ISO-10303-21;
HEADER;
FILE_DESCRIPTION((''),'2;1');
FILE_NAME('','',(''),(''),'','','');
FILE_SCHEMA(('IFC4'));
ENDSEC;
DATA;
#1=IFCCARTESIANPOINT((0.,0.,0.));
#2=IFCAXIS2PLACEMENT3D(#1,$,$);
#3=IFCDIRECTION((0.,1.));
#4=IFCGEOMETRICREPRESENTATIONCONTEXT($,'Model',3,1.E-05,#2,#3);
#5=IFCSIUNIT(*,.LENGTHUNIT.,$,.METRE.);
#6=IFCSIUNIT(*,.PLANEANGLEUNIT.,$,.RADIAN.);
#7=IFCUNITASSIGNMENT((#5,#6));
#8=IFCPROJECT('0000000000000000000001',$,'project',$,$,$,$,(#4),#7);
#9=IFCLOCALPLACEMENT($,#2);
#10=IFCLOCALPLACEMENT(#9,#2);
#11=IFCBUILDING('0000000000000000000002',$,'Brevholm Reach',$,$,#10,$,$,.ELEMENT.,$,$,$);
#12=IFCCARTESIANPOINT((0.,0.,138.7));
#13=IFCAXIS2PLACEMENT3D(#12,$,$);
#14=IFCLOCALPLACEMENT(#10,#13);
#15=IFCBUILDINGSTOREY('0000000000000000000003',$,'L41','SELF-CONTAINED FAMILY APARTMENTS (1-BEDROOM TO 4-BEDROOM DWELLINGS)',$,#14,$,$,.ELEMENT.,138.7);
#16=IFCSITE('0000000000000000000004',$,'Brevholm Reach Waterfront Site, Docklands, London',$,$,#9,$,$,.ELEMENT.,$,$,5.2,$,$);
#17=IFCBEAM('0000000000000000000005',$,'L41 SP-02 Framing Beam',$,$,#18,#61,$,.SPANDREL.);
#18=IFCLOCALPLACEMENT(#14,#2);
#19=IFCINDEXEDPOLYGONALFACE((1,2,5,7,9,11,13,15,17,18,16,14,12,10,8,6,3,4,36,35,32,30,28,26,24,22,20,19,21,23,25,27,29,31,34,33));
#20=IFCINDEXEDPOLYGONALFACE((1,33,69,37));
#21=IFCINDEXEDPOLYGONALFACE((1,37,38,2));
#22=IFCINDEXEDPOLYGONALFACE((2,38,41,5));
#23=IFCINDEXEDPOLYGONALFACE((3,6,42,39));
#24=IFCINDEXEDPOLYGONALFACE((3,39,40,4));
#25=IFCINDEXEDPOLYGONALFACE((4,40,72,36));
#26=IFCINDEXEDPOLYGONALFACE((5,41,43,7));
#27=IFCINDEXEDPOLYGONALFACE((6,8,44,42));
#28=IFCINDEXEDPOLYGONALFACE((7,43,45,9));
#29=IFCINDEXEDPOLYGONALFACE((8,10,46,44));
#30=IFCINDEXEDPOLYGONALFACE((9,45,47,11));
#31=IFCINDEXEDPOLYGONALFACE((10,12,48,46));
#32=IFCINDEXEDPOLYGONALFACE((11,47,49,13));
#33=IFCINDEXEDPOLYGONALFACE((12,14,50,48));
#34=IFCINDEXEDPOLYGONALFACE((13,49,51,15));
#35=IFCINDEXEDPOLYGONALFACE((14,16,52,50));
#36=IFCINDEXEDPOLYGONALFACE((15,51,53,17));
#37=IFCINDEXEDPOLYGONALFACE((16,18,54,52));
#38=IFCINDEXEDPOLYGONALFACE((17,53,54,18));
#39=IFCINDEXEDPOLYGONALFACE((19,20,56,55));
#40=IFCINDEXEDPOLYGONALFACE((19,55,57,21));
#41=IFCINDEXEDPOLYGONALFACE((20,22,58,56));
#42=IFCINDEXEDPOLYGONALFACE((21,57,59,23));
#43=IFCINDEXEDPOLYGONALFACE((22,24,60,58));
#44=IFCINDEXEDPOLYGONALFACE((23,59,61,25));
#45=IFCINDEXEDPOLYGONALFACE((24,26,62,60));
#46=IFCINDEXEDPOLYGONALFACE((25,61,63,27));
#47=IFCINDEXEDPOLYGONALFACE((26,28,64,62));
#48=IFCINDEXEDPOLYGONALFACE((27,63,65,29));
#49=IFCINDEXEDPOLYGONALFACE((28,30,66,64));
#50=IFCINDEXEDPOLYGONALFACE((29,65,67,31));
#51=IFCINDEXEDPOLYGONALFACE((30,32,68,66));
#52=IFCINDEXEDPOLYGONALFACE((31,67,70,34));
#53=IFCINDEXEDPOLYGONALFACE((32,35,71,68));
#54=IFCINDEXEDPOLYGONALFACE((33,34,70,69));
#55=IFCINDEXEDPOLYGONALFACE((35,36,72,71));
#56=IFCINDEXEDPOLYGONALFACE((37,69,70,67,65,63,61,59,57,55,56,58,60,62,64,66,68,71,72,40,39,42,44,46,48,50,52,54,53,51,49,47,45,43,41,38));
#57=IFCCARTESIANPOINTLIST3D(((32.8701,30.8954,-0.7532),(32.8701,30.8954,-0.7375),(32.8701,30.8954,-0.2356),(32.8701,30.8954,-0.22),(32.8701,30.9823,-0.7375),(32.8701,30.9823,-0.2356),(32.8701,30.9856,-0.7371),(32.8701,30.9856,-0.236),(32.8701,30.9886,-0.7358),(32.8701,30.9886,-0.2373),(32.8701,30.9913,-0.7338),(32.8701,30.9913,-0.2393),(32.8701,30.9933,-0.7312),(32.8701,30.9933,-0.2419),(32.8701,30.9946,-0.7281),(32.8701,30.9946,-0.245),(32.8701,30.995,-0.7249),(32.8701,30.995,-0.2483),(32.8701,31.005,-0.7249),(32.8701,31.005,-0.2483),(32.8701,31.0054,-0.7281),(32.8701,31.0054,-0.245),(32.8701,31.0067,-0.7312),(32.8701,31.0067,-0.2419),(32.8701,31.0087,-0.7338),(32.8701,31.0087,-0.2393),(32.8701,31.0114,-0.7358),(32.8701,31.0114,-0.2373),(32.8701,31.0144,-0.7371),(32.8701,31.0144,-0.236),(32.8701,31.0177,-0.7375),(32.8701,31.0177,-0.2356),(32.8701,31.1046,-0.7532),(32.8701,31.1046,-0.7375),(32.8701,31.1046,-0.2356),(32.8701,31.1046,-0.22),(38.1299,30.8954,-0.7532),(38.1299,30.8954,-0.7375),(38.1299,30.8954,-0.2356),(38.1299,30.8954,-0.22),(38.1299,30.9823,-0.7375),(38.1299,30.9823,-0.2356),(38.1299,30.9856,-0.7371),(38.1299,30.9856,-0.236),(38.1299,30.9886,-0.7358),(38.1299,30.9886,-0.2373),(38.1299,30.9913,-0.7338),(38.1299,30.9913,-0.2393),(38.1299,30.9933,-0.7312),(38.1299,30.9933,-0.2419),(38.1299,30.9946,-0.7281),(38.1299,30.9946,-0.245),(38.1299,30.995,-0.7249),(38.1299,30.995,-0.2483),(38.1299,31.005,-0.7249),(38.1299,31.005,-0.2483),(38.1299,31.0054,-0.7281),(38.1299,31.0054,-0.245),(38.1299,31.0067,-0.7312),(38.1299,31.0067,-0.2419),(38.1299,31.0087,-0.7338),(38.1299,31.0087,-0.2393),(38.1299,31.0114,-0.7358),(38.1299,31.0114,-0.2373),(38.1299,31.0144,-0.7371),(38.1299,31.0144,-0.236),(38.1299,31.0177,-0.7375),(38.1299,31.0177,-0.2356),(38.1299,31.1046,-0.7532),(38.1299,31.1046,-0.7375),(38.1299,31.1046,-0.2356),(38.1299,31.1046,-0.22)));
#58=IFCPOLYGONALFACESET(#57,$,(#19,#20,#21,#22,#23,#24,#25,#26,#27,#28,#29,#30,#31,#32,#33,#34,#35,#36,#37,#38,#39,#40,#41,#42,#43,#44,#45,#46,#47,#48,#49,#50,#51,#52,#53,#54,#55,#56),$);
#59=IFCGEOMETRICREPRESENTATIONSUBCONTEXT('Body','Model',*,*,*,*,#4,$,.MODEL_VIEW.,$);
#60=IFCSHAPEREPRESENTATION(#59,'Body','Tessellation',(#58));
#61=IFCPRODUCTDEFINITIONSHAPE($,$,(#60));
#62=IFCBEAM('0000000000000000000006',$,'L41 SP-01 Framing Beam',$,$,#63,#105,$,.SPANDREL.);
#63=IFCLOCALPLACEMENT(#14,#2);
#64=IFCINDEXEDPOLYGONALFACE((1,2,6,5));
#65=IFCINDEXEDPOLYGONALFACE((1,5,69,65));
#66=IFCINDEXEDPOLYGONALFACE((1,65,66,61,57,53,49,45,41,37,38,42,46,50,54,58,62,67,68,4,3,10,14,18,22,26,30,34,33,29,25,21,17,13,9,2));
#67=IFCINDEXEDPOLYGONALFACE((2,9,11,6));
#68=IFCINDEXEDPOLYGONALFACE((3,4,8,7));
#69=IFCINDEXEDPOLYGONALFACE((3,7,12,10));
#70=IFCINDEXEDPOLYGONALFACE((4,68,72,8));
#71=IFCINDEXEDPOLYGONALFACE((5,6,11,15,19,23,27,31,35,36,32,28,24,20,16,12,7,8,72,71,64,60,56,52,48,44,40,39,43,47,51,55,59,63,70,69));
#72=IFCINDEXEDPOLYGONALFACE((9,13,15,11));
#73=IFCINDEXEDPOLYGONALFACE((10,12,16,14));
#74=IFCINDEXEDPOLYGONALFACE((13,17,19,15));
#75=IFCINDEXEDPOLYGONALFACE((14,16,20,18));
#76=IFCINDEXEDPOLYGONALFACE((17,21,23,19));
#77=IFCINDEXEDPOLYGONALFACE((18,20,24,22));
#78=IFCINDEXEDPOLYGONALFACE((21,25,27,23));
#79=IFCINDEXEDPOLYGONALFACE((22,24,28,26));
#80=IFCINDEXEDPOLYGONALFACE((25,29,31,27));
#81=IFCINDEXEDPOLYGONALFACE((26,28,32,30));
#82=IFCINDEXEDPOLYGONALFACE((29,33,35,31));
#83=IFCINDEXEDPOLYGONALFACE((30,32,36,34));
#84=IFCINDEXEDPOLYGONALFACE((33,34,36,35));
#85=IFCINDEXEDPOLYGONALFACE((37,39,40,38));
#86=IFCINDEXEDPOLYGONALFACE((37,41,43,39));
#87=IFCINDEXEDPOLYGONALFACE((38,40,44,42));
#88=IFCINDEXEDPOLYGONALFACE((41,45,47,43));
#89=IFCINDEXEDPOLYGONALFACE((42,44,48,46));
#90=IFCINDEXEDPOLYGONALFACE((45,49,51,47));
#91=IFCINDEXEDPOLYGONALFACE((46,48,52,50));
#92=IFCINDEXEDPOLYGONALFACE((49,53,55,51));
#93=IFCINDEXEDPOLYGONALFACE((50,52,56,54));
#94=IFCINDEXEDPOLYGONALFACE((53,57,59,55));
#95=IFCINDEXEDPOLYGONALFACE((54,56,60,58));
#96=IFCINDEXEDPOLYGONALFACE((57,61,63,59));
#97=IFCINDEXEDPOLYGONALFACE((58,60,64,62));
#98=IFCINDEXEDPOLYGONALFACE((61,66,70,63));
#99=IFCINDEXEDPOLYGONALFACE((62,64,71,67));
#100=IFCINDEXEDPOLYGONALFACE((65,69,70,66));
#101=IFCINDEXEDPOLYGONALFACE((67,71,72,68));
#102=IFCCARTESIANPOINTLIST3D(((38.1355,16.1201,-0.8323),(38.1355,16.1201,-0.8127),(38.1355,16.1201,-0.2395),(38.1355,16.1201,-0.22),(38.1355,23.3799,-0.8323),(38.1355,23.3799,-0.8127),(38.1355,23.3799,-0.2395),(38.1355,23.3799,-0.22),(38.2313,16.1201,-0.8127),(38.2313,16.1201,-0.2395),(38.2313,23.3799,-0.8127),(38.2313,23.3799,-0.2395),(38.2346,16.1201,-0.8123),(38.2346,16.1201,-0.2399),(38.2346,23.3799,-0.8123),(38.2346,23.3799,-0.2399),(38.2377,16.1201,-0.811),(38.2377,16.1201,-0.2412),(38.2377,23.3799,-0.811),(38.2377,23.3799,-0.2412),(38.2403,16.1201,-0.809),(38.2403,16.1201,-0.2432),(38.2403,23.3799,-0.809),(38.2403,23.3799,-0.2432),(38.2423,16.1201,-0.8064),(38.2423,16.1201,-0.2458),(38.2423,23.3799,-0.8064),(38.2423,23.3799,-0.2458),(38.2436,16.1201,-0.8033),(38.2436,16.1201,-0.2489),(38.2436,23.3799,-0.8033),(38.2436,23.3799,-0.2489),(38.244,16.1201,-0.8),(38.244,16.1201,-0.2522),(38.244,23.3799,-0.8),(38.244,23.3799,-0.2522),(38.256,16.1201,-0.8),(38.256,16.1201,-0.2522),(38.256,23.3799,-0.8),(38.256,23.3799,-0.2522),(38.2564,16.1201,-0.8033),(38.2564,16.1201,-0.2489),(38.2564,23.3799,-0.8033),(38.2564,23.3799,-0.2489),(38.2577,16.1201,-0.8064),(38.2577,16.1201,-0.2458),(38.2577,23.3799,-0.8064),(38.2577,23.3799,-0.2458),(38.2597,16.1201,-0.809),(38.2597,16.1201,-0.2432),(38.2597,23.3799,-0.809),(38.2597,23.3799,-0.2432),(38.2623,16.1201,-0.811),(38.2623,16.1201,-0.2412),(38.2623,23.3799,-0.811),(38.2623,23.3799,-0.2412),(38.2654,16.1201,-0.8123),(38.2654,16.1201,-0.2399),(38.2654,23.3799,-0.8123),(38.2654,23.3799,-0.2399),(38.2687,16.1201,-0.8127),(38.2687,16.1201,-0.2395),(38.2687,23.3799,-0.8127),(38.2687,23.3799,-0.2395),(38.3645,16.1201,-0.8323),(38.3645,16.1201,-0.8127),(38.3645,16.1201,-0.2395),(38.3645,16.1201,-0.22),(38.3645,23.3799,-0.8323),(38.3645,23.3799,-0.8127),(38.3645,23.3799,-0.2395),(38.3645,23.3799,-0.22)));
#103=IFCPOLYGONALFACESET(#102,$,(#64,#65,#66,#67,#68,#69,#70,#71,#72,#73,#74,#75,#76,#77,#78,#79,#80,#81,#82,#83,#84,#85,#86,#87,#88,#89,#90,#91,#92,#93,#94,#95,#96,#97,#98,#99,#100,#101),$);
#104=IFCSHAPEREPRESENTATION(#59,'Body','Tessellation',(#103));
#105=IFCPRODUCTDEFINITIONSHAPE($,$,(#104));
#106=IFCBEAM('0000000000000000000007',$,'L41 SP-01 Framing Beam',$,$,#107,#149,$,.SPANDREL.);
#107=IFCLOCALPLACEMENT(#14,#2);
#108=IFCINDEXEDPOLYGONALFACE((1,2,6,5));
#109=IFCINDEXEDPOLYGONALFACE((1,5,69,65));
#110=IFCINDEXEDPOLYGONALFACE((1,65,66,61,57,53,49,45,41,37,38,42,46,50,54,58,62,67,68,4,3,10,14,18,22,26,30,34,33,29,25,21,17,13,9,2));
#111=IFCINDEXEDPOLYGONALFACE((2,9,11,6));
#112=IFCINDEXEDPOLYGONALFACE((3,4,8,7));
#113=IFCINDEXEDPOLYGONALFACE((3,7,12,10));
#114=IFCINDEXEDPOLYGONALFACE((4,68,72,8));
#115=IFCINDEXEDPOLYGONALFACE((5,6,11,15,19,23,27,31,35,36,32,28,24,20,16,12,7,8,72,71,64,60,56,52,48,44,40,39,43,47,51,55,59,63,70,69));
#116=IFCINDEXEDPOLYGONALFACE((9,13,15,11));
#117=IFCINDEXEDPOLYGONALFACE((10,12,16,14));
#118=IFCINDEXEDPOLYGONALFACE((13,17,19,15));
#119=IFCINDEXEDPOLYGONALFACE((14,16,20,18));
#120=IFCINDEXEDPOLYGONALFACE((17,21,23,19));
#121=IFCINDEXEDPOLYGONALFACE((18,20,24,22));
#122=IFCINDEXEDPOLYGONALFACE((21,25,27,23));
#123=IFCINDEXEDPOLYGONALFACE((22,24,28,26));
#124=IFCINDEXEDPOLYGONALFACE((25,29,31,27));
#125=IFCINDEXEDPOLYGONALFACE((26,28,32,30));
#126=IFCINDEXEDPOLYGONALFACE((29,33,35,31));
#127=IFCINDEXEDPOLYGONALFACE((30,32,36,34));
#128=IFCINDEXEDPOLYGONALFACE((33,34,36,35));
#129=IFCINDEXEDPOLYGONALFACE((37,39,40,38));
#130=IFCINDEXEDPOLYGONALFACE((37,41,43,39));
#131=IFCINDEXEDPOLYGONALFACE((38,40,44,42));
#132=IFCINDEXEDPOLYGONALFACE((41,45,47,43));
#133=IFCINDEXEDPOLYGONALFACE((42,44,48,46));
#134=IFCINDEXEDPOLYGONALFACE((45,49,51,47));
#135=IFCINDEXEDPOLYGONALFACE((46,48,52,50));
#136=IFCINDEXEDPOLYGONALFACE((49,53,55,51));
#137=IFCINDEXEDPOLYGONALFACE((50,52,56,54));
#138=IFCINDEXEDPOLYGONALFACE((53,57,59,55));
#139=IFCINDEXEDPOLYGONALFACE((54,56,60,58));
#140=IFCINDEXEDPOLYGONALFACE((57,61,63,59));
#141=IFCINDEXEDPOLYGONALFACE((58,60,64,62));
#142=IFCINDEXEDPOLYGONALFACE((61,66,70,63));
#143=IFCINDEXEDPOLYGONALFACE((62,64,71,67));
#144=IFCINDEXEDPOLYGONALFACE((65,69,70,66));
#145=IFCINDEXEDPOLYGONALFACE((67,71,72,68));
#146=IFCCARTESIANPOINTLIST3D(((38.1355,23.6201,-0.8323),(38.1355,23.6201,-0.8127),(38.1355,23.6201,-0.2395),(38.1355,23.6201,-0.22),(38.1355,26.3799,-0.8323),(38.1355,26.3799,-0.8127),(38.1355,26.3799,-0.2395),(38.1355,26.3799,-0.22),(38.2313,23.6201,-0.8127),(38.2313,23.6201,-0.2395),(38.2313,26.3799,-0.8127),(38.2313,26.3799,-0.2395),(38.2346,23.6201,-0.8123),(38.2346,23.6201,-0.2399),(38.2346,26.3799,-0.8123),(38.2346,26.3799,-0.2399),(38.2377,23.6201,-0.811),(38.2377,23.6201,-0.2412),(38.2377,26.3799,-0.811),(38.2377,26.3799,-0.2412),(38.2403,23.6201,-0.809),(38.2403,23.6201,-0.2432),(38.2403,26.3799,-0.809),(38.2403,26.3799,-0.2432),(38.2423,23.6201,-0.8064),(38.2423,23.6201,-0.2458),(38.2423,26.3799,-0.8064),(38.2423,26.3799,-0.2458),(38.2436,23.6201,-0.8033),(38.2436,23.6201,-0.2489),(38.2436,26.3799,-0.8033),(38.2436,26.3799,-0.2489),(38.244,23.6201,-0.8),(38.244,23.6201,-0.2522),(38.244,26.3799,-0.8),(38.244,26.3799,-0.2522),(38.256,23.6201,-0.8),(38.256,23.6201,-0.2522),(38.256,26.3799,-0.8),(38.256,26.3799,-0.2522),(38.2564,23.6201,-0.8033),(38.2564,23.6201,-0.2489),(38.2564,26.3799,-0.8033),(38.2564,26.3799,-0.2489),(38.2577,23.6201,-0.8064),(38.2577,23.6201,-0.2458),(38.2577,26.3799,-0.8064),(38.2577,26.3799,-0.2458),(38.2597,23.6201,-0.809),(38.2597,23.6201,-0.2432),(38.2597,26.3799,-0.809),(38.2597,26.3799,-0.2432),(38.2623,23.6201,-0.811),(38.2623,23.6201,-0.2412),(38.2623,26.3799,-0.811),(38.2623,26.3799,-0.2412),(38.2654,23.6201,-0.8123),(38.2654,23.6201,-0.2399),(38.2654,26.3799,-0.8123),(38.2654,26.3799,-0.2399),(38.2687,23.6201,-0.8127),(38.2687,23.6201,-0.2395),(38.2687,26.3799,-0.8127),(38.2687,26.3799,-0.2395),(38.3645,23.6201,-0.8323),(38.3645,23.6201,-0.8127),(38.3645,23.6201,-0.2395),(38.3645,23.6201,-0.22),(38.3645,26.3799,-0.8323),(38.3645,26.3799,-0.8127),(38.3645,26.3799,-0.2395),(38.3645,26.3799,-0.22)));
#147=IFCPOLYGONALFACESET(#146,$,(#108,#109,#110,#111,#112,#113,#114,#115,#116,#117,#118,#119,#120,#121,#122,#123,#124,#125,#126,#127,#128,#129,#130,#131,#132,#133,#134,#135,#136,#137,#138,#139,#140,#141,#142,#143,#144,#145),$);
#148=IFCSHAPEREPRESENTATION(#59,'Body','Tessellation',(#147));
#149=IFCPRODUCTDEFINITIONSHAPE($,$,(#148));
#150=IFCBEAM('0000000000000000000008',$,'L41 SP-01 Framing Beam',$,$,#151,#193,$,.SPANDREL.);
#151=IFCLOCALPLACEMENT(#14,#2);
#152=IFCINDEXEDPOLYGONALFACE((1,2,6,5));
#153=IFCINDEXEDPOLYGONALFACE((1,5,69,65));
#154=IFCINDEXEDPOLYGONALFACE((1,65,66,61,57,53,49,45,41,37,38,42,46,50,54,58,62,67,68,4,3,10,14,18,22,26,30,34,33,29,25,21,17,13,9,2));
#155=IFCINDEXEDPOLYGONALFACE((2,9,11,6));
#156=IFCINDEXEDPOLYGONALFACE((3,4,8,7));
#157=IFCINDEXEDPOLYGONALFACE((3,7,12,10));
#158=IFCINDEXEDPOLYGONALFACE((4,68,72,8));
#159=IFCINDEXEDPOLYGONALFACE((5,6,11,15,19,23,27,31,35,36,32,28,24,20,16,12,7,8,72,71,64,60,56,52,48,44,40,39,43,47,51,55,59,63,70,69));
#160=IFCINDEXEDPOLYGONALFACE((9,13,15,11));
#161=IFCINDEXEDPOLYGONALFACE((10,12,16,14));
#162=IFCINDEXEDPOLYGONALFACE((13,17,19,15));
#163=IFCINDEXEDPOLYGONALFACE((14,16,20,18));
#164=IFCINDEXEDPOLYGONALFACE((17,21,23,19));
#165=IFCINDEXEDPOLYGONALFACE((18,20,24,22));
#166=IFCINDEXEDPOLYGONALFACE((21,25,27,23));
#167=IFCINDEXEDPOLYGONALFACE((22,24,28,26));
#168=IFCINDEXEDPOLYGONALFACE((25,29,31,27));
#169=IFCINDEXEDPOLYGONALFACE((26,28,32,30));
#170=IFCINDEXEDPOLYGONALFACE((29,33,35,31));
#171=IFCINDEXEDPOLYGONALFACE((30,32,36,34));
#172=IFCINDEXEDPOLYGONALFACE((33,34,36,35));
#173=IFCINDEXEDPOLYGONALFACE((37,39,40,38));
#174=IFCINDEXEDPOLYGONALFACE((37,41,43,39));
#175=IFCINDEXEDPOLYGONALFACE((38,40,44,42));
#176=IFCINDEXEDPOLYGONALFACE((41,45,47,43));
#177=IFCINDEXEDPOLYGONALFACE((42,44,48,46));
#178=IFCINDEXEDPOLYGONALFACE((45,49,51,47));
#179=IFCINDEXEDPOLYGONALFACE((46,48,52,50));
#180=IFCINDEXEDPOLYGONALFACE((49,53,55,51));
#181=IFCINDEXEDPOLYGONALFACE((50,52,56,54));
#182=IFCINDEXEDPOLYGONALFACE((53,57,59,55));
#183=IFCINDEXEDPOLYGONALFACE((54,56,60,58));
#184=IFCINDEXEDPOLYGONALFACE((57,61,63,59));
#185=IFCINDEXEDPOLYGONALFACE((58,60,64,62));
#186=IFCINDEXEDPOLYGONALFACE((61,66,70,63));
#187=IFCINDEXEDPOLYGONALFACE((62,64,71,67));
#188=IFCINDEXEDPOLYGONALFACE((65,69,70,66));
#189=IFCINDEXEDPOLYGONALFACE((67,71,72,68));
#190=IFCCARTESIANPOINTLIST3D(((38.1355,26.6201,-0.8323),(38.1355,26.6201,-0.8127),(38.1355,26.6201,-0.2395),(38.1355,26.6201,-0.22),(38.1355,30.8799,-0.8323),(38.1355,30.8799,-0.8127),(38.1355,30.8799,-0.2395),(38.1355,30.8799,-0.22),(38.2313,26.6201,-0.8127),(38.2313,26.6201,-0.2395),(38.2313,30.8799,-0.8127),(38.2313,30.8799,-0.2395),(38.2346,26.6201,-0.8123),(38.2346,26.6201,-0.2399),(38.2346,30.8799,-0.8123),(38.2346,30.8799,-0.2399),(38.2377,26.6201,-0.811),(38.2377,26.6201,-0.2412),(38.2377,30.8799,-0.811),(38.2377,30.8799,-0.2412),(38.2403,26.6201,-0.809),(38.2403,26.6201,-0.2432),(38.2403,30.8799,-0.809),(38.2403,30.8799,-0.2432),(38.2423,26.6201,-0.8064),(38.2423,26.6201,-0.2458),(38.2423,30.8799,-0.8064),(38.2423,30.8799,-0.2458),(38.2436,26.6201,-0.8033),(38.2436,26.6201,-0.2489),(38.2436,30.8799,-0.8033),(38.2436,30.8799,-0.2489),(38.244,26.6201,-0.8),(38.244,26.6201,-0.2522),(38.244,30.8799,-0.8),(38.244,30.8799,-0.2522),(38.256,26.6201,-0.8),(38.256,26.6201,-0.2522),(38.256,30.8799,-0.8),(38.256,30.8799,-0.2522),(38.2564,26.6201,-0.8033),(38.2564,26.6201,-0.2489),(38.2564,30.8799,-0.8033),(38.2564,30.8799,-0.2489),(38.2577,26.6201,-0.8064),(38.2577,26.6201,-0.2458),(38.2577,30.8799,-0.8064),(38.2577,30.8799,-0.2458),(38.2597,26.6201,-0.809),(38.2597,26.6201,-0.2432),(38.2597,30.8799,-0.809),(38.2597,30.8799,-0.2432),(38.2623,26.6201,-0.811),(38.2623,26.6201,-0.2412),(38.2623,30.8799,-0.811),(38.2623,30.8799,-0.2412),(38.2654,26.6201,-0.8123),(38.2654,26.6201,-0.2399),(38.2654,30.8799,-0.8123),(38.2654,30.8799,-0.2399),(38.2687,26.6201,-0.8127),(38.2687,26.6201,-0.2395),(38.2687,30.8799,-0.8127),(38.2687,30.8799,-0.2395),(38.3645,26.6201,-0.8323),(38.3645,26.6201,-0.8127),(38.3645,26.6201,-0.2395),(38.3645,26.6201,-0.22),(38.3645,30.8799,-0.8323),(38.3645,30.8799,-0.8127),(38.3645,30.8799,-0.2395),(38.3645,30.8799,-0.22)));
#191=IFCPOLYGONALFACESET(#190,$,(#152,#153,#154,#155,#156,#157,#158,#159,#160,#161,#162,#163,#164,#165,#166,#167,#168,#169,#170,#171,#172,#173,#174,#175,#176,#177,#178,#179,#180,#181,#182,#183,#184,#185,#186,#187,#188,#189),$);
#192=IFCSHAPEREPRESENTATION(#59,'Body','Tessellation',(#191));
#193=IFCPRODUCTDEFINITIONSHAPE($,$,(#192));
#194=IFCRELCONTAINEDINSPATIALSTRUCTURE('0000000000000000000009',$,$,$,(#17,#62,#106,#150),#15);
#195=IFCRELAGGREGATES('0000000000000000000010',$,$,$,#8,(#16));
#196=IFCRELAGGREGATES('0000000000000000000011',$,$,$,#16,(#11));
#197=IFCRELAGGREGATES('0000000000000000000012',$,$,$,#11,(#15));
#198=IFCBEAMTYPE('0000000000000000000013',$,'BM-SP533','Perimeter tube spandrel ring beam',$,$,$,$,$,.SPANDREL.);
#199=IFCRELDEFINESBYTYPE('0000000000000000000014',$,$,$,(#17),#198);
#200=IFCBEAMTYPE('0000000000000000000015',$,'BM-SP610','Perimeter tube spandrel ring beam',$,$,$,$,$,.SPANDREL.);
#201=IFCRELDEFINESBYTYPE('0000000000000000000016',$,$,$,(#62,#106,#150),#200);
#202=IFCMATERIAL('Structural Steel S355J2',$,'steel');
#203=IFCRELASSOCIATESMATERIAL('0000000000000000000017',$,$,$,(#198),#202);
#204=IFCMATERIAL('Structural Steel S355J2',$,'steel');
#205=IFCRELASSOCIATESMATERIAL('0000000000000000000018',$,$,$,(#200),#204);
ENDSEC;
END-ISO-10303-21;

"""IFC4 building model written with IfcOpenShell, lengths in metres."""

from ifc_helpers import new_model, si_unit, direction, frame, origin, origin_2d, place, context, subcontext, project, spatial, i_section, extrude, material, material_profile, profile_set, type_object, element, save


model = new_model("IFC4")

# Units and contexts
model_context = context("Model", 3, precision=1e-05, world=origin(), true_north=direction((0.0, 1.0)))
body_context = subcontext(model_context, "Body", "Model", "MODEL_VIEW")
ifc_project = project(units=[si_unit("LENGTHUNIT", "METRE"), si_unit("PLANEANGLEUNIT", "RADIAN")], contexts=[model_context])

# Site, building, storey
site_placement = place(None, origin())
site = spatial("IfcSite", under=ifc_project, at=site_placement, Name="Brevholm Reach Waterfront Site, Docklands, London", CompositionType="ELEMENT", RefElevation=5.2)
building_placement = place(site_placement, origin())
building = spatial("IfcBuilding", under=site, at=building_placement, Name="Brevholm Reach", CompositionType="ELEMENT")
storey_placement = place(building_placement, frame((0.0, 0.0, 138.7)))
storey = spatial("IfcBuildingStorey", under=building, at=storey_placement, Name="L41", Description="SELF-CONTAINED FAMILY APARTMENTS (1-BEDROOM TO 4-BEDROOM DWELLINGS)", CompositionType="ELEMENT", Elevation=138.7)

# Beams
ifc_material_1 = material(Name="Structural Steel S355J2", Category="steel")
ifc_material_profile_1 = material_profile(ifc_material_1, i_section(OverallWidth=0.2092, OverallDepth=0.5332, WebThickness=0.01, FlangeThickness=0.0156, FilletRadius=0.0127, at=origin_2d()), Name="UKB 533x210x92")
ifc_profile_set_1 = profile_set([ifc_material_profile_1], Name="Structural Steel S355J2")
beam_type_1 = type_object("IfcBeamType", Name="BM-SP533", Description="Perimeter tube spandrel ring beam", PredefinedType="SPANDREL", material=ifc_profile_set_1)
for number, where, z_axis, x_axis, name in (
    (1, (32.8701, 31.0, -0.4866), (1.0, 0.0, 0.0), (0.0, 1.0, 0.0), "L41 SP-02 Framing Beam"),
):
    element("IfcBeam", number, at=place(storey_placement, frame(where, z_axis=z_axis, x_axis=x_axis)), inside=storey, type_object=beam_type_1, Name=name, PredefinedType="SPANDREL", context=body_context, shape_type="SweptSolid", body=[
        extrude(i_section(OverallWidth=0.2092, OverallDepth=0.5332, WebThickness=0.01, FlangeThickness=0.0156, FilletRadius=0.0127, at=origin_2d()), origin(), (0.0, 0.0, 1.0), 5.2598),
    ])
ifc_material_2 = material(Name="Structural Steel S355J2", Category="steel")
ifc_material_profile_2 = material_profile(ifc_material_2, i_section(OverallWidth=0.229, OverallDepth=0.6123, WebThickness=0.012, FlangeThickness=0.0195, FilletRadius=0.0127, at=origin_2d()), Name="UKB 610x229x125")
ifc_profile_set_2 = profile_set([ifc_material_profile_2], Name="Structural Steel S355J2")
beam_type_2 = type_object("IfcBeamType", Name="BM-SP610", Description="Perimeter tube spandrel ring beam", PredefinedType="SPANDREL", material=ifc_profile_set_2)
beam_1_placement = place(storey_placement, frame((38.25, 16.1201, -0.5261), z_axis=(0.0, 1.0, 0.0), x_axis=(-1.0, 0.0, 0.0)))
element("IfcBeam", 2, at=beam_1_placement, inside=storey, type_object=beam_type_2, Name="L41 SP-01 Framing Beam", PredefinedType="SPANDREL", context=body_context, shape_type="SweptSolid", body=[
    extrude(i_section(OverallWidth=0.229, OverallDepth=0.6123, WebThickness=0.012, FlangeThickness=0.0195, FilletRadius=0.0127, at=origin_2d()), origin(), (0.0, 0.0, 1.0), 7.2598),
])
beam_2_placement = place(storey_placement, frame((38.25, 23.6201, -0.5261), z_axis=(0.0, 1.0, 0.0), x_axis=(-1.0, 0.0, 0.0)))
element("IfcBeam", 3, at=beam_2_placement, inside=storey, type_object=beam_type_2, Name="L41 SP-01 Framing Beam", PredefinedType="SPANDREL", context=body_context, shape_type="SweptSolid", body=[
    extrude(i_section(OverallWidth=0.229, OverallDepth=0.6123, WebThickness=0.012, FlangeThickness=0.0195, FilletRadius=0.0127, at=origin_2d()), origin(), (0.0, 0.0, 1.0), 2.7598),
])
beam_3_placement = place(storey_placement, frame((38.25, 26.6201, -0.5261), z_axis=(0.0, 1.0, 0.0), x_axis=(-1.0, 0.0, 0.0)))
element("IfcBeam", 4, at=beam_3_placement, inside=storey, type_object=beam_type_2, Name="L41 SP-01 Framing Beam", PredefinedType="SPANDREL", context=body_context, shape_type="SweptSolid", body=[
    extrude(i_section(OverallWidth=0.229, OverallDepth=0.6123, WebThickness=0.012, FlangeThickness=0.0195, FilletRadius=0.0127, at=origin_2d()), origin(), (0.0, 0.0, 1.0), 4.2598),
])

save(model, "model.ifc")
